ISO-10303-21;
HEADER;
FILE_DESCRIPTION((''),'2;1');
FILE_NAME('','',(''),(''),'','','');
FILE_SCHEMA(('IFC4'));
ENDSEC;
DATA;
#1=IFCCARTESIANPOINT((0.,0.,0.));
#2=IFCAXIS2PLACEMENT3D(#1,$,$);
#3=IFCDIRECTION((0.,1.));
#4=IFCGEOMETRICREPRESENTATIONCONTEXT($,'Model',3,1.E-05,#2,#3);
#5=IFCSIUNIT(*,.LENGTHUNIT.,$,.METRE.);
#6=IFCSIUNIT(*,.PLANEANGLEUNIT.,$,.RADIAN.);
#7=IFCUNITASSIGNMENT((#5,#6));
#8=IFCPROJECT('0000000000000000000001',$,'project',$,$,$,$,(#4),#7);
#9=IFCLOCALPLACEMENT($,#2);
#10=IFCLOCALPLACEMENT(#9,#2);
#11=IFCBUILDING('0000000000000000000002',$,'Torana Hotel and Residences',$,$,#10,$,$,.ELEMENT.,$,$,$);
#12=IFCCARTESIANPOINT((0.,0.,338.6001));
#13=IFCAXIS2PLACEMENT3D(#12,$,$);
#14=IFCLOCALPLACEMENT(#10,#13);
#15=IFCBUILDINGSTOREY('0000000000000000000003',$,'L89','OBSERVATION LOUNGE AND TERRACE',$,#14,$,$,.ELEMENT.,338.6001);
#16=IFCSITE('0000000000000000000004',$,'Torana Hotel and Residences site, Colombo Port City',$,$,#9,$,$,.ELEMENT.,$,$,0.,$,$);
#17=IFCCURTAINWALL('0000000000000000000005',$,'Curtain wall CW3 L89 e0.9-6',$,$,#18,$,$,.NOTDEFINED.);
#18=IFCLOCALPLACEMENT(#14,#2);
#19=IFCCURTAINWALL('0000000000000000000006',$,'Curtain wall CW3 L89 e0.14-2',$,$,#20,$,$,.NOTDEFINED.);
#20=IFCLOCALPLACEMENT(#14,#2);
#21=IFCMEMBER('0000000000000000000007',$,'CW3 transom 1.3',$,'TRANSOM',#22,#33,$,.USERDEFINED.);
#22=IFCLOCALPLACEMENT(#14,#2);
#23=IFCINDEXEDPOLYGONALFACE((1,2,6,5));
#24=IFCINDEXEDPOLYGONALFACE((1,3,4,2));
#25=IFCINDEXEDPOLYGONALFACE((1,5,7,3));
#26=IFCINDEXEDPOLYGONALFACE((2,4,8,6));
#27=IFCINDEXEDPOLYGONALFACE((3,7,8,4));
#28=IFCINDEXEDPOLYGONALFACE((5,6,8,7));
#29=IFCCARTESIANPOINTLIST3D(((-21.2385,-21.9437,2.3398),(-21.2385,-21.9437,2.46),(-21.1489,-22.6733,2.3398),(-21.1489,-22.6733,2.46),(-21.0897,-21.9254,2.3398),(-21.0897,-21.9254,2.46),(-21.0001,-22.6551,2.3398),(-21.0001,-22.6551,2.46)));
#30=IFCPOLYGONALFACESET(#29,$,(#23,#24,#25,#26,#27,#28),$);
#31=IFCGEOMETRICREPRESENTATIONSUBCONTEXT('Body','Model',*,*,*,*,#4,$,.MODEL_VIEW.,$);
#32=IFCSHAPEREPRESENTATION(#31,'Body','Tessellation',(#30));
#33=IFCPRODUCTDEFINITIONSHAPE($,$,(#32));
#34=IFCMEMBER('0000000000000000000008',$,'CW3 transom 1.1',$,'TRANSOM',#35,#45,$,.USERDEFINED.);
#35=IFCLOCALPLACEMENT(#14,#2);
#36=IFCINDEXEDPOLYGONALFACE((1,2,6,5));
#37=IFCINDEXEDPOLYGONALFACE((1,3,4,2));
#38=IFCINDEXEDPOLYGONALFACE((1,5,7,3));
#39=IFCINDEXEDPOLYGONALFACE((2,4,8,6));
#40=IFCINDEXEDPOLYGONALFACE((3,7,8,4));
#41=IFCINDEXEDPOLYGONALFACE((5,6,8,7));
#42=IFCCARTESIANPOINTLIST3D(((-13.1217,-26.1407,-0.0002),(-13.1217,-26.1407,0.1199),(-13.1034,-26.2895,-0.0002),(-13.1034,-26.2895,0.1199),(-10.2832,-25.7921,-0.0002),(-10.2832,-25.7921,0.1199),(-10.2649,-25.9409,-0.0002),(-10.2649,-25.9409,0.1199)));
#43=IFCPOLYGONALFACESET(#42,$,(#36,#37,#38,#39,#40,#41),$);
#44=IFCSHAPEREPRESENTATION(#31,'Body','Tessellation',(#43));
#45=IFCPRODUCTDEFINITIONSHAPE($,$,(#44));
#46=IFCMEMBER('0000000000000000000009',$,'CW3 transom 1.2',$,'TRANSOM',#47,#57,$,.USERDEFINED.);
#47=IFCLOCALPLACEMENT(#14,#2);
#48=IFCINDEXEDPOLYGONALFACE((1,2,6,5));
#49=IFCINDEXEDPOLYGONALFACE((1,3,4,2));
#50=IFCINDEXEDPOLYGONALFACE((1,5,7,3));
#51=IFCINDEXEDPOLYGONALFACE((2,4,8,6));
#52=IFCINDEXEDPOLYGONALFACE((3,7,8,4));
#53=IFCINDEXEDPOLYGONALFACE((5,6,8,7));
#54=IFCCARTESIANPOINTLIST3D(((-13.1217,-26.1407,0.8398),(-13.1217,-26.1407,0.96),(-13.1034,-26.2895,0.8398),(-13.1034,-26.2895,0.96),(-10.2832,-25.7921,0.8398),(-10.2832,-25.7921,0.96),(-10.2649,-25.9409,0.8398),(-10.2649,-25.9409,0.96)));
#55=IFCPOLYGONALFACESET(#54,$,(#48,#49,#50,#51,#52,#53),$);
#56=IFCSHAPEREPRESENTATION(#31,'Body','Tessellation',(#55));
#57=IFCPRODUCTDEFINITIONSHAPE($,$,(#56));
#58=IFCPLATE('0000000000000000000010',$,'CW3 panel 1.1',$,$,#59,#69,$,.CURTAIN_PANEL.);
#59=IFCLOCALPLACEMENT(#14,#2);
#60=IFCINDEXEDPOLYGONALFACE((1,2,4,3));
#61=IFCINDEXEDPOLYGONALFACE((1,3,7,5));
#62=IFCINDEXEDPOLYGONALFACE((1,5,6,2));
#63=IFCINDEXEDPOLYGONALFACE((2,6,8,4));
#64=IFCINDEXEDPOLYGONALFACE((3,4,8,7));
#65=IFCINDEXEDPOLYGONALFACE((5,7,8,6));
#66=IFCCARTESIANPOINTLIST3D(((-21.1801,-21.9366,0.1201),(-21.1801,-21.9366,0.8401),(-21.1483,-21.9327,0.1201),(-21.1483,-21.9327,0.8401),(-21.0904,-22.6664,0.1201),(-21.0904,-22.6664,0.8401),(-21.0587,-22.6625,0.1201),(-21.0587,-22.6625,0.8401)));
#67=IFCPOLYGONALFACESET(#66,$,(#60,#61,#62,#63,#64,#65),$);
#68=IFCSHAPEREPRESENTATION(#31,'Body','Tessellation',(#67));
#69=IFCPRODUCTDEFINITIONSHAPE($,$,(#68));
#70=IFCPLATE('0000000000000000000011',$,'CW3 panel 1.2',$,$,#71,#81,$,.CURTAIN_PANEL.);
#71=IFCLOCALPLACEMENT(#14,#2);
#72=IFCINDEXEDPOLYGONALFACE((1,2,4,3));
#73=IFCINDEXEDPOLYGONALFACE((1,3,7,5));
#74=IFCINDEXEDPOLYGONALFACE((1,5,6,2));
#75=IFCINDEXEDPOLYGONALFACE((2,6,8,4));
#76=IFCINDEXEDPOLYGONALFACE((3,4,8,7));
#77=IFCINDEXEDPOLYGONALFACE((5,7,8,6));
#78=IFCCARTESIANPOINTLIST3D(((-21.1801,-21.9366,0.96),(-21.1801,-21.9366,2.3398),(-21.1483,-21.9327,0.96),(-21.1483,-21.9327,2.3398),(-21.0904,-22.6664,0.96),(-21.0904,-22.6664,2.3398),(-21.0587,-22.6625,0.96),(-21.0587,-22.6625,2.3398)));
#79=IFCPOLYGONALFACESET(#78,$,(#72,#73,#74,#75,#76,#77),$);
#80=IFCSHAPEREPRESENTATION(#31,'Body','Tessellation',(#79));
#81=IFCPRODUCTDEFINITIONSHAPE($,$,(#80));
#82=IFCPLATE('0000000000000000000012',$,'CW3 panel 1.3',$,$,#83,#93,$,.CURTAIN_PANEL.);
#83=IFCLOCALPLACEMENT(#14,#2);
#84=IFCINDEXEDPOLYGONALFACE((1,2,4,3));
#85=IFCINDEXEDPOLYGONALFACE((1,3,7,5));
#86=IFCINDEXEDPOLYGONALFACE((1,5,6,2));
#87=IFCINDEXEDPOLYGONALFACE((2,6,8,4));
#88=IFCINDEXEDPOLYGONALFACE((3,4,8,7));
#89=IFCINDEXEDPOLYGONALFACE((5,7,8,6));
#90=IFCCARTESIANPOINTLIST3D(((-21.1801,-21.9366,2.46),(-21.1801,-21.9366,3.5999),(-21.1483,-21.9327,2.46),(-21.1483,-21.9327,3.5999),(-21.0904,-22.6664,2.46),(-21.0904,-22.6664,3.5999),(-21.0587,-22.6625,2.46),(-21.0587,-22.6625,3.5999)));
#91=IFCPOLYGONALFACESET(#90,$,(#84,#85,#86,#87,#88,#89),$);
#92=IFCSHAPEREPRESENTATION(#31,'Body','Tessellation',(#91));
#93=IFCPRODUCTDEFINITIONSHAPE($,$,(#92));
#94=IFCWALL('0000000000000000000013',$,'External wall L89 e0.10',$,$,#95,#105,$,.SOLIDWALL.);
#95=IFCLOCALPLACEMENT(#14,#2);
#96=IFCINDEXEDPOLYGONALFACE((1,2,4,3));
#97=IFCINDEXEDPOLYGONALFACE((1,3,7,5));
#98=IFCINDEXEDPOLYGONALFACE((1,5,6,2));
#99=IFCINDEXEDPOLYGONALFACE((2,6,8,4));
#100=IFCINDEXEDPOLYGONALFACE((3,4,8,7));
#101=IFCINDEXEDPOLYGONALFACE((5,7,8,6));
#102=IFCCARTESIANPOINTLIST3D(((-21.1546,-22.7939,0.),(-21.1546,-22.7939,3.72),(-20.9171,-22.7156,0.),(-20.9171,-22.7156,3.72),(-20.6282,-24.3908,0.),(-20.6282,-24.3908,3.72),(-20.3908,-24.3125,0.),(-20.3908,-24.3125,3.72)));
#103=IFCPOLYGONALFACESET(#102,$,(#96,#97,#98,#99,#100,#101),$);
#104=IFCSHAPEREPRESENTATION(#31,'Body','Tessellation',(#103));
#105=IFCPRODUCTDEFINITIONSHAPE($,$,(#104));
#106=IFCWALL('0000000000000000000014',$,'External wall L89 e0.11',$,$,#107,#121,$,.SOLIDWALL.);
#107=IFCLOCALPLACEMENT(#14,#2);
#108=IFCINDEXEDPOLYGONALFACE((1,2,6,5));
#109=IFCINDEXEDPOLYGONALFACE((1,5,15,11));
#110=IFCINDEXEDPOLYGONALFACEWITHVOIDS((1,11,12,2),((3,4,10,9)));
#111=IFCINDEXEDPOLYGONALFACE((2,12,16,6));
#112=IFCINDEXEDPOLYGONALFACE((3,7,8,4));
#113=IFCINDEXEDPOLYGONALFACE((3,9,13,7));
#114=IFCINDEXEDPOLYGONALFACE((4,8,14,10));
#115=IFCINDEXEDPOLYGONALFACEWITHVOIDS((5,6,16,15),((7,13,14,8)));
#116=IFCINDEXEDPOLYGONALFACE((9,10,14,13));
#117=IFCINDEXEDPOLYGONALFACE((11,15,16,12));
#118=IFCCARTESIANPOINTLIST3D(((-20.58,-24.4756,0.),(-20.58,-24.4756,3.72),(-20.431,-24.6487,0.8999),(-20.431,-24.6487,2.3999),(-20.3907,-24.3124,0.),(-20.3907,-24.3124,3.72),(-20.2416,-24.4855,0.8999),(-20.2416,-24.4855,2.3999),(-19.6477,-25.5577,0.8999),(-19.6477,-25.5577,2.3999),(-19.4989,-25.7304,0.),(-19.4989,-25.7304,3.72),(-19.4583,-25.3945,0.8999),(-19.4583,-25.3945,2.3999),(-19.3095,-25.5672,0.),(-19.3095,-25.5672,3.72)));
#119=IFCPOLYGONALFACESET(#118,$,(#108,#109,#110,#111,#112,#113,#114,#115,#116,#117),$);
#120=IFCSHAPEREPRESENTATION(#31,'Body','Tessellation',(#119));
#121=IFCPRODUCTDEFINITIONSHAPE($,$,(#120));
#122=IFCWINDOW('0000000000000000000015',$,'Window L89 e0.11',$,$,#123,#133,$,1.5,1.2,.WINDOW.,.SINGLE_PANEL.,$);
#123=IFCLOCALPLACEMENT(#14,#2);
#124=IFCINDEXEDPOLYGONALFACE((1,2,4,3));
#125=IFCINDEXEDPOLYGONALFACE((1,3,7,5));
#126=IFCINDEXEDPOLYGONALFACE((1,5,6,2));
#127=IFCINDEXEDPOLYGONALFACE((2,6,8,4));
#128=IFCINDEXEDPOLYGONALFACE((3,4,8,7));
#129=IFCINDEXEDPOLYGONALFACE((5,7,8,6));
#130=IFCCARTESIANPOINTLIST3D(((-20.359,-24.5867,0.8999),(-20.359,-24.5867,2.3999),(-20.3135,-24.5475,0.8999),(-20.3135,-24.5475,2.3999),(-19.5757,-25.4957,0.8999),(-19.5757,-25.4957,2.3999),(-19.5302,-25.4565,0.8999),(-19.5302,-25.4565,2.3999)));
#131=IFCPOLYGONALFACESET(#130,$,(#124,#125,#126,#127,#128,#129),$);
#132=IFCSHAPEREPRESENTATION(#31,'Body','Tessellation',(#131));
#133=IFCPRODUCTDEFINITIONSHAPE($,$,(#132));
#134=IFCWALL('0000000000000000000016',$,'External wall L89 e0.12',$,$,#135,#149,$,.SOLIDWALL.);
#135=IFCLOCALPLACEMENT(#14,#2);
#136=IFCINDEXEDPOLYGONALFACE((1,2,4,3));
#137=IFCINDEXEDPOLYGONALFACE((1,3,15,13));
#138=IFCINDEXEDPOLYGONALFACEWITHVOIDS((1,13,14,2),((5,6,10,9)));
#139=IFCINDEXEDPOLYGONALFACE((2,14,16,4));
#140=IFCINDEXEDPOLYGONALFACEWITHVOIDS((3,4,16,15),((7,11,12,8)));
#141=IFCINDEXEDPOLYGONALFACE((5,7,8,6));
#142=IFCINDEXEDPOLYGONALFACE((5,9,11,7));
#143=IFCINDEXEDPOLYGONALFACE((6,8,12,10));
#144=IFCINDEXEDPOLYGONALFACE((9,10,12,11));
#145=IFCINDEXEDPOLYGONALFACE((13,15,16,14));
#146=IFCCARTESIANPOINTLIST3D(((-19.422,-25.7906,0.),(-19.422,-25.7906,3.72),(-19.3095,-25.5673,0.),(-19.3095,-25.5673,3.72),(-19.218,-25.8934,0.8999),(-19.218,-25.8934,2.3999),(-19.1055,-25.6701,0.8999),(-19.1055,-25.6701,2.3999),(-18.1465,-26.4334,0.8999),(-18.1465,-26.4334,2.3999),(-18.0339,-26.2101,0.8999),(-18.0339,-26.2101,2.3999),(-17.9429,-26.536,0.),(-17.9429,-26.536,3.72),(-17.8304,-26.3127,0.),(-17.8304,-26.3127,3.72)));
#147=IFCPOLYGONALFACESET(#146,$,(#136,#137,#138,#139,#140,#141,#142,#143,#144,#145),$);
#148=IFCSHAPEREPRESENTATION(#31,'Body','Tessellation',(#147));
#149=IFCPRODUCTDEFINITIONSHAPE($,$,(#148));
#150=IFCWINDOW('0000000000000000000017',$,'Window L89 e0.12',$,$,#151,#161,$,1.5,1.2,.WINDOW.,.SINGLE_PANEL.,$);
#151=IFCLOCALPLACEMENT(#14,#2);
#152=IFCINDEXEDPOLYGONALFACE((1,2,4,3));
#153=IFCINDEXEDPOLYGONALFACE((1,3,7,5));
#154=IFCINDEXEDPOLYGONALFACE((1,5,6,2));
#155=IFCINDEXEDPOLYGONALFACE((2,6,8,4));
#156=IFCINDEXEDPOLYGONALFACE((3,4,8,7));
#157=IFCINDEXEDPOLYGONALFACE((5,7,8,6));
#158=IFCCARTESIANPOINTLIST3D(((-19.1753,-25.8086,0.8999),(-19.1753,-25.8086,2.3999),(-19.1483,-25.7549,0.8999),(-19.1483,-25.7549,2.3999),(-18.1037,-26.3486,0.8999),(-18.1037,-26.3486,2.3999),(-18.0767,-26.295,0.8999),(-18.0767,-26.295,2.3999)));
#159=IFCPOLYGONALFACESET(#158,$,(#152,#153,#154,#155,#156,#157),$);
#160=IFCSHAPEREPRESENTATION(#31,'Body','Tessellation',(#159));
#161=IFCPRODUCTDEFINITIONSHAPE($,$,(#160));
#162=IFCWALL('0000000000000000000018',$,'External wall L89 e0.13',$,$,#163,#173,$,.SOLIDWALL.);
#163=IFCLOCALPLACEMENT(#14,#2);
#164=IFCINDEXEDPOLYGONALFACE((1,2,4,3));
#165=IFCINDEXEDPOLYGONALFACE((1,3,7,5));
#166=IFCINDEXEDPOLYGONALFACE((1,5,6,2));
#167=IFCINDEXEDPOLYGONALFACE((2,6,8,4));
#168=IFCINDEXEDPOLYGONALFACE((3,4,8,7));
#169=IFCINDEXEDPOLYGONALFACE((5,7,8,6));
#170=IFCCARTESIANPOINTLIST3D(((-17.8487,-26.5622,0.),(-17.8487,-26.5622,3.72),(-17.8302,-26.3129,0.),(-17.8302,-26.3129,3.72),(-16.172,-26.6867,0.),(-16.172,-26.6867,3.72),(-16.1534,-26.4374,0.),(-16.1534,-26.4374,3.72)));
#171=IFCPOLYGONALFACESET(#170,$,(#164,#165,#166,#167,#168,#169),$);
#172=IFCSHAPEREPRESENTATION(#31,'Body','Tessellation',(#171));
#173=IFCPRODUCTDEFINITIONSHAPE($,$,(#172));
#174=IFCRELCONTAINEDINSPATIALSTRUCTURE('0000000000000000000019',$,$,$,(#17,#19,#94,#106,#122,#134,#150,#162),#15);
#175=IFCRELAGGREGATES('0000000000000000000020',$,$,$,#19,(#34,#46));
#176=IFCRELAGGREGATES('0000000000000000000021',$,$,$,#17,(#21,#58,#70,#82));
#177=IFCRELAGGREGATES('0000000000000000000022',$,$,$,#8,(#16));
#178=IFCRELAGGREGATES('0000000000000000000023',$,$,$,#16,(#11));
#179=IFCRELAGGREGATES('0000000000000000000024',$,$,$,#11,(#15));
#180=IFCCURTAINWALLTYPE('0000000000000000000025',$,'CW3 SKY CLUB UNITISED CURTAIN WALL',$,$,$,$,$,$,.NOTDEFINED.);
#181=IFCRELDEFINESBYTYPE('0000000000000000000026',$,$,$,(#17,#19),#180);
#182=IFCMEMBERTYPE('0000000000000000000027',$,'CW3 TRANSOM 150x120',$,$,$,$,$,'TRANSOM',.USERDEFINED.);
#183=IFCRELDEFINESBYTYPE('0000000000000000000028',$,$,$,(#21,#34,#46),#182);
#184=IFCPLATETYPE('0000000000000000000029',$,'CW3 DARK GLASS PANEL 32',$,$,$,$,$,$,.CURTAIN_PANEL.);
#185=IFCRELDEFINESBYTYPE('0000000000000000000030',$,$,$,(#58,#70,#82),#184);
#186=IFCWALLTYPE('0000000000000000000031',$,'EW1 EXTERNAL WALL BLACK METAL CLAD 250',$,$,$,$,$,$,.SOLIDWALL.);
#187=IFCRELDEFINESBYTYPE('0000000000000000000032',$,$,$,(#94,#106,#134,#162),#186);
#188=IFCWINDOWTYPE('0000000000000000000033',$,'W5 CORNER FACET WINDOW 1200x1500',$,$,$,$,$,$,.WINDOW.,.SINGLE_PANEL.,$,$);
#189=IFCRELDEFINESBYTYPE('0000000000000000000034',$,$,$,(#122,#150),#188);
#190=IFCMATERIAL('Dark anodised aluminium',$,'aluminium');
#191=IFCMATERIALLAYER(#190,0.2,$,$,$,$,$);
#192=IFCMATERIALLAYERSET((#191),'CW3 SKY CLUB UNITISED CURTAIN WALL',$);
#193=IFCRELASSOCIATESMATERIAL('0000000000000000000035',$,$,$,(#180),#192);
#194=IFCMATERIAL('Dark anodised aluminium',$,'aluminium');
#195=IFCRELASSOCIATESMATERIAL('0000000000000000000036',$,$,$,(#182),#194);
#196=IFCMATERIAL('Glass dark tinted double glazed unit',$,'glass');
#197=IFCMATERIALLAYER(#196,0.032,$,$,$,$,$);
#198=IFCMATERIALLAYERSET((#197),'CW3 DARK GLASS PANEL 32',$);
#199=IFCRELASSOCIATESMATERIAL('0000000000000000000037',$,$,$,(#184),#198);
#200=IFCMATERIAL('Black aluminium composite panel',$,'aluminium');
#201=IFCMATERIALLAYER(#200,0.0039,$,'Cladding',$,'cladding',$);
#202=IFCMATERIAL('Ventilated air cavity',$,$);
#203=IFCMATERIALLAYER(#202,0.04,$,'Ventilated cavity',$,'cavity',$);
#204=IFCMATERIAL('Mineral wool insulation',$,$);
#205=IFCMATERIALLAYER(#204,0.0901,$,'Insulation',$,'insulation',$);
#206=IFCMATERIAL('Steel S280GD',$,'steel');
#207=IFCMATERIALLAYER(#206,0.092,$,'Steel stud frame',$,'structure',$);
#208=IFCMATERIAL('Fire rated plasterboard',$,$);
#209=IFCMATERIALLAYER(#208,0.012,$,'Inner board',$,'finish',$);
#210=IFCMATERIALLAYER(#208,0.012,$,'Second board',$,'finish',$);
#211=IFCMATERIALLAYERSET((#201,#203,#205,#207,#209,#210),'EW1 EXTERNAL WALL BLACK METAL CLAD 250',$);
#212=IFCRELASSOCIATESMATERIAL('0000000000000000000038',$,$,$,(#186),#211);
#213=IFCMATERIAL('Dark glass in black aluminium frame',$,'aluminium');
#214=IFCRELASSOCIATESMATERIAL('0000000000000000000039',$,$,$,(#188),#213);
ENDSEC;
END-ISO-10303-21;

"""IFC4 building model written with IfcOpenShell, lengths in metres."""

from ifc_helpers import new_model, si_unit, direction, frame, frame_2d, origin, origin_2d, place, context, subcontext, project, spatial, rectangle, extrude, material, layer, layer_set, material_profile, profile_set, type_object, element, fill, aggregate, save


model = new_model("IFC4")

# Units and contexts
model_context = context("Model", 3, precision=1e-05, world=origin(), true_north=direction((0.0, 1.0)))
body_context = subcontext(model_context, "Body", "Model", "MODEL_VIEW")
ifc_project = project(units=[si_unit("LENGTHUNIT", "METRE"), si_unit("PLANEANGLEUNIT", "RADIAN")], contexts=[model_context])

# Site, building, storey
site_placement = place(None, origin())
site = spatial("IfcSite", under=ifc_project, at=site_placement, Name="Torana Hotel and Residences site, Colombo Port City", CompositionType="ELEMENT", RefElevation=0.0)
building_placement = place(site_placement, origin())
building = spatial("IfcBuilding", under=site, at=building_placement, Name="Torana Hotel and Residences", CompositionType="ELEMENT")
storey_placement = place(building_placement, frame((0.0, 0.0, 338.6001)))
storey = spatial("IfcBuildingStorey", under=building, at=storey_placement, Name="L89", Description="OBSERVATION LOUNGE AND TERRACE", CompositionType="ELEMENT", Elevation=338.6001)

# Curtain walls
ifc_material_1 = material(Name="Dark anodised aluminium", Category="aluminium")
ifc_layer_1 = layer(ifc_material_1, 0.2)
ifc_layer_set_1 = layer_set([ifc_layer_1], Name="CW3 SKY CLUB UNITISED CURTAIN WALL")
curtain_wall_type = type_object("IfcCurtainWallType", Name="CW3 SKY CLUB UNITISED CURTAIN WALL", PredefinedType="NOTDEFINED", material=ifc_layer_set_1)
curtain_wall_1_placement = place(storey_placement, origin())
curtain_wall_1 = element("IfcCurtainWall", 1, at=curtain_wall_1_placement, inside=storey, type_object=curtain_wall_type, Name="Curtain wall CW3 L89 e0.9-6", PredefinedType="NOTDEFINED")
curtain_wall_2_placement = place(storey_placement, origin())
curtain_wall_2 = element("IfcCurtainWall", 2, at=curtain_wall_2_placement, inside=storey, type_object=curtain_wall_type, Name="Curtain wall CW3 L89 e0.14-2", PredefinedType="NOTDEFINED")

# Members
ifc_material_2 = material(Name="Dark anodised aluminium", Category="aluminium")
ifc_material_profile_1 = material_profile(ifc_material_2, rectangle(XDim=0.1499, YDim=0.1201, at=origin_2d()), Name="CW3 TRANSOM 150x120")
ifc_profile_set_1 = profile_set([ifc_material_profile_1], Name="Dark anodised aluminium")
member_type_1 = type_object("IfcMemberType", Name="CW3 TRANSOM 150x120", ElementType="TRANSOM", PredefinedType="USERDEFINED", material=ifc_profile_set_1)
member_1_placement = place(storey_placement, frame((-21.1641, -21.9346, 2.3999), z_axis=(0.121868, -0.992546, 0.0), x_axis=(0.992546, 0.121868, 0.0)))
member_1 = element("IfcMember", 3, at=member_1_placement, type_object=member_type_1, Name="CW3 transom 1.3", ObjectType="TRANSOM", PredefinedType="USERDEFINED", context=body_context, shape_type="SweptSolid", body=[
    extrude(rectangle(XDim=0.1499, YDim=0.1201, at=origin_2d()), origin(), (0.0, 0.0, 1.0), 0.7351),
])
member_2_placement = place(storey_placement, frame((-13.1125, -26.2151, 0.0598), z_axis=(0.992542, 0.121902, 0.0), x_axis=(-0.121902, 0.992542, 0.0)))
member_2 = element("IfcMember", 4, at=member_2_placement, type_object=member_type_1, Name="CW3 transom 1.1", ObjectType="TRANSOM", PredefinedType="USERDEFINED", context=body_context, shape_type="SweptSolid", body=[
    extrude(rectangle(XDim=0.1499, YDim=0.1201, at=origin_2d()), origin(), (0.0, 0.0, 1.0), 2.8599),
])
member_3_placement = place(storey_placement, frame((-13.1125, -26.2151, 0.8999), z_axis=(0.992542, 0.121902, 0.0), x_axis=(-0.121902, 0.992542, 0.0)))
member_3 = element("IfcMember", 5, at=member_3_placement, type_object=member_type_1, Name="CW3 transom 1.2", ObjectType="TRANSOM", PredefinedType="USERDEFINED", context=body_context, shape_type="SweptSolid", body=[
    extrude(rectangle(XDim=0.1499, YDim=0.1201, at=origin_2d()), origin(), (0.0, 0.0, 1.0), 2.8599),
])
aggregate(curtain_wall_2, [member_2, member_3])

# Plates
ifc_material_3 = material(Name="Glass dark tinted double glazed unit", Category="glass")
ifc_layer_2 = layer(ifc_material_3, 0.032)
ifc_layer_set_2 = layer_set([ifc_layer_2], Name="CW3 DARK GLASS PANEL 32")
plate_type = type_object("IfcPlateType", Name="CW3 DARK GLASS PANEL 32", PredefinedType="CURTAIN_PANEL", material=ifc_layer_set_2)
plate_1_placement = place(storey_placement, frame((-21.1194, -22.2996, 0.1201), z_axis=(0.0, 0.0, 1.0), x_axis=(0.121883, -0.992544, 0.0)))
plate_1 = element("IfcPlate", 6, at=plate_1_placement, type_object=plate_type, Name="CW3 panel 1.1", PredefinedType="CURTAIN_PANEL", context=body_context, shape_type="SweptSolid", body=[
    extrude(rectangle(XDim=0.7354, YDim=0.032, at=origin_2d()), origin(), (0.0, 0.0, 1.0), 0.72),
])
plate_2_placement = place(storey_placement, frame((-21.1194, -22.2996, 0.96), z_axis=(0.0, 0.0, 1.0), x_axis=(0.121883, -0.992544, 0.0)))
plate_2 = element("IfcPlate", 7, at=plate_2_placement, type_object=plate_type, Name="CW3 panel 1.2", PredefinedType="CURTAIN_PANEL", context=body_context, shape_type="SweptSolid", body=[
    extrude(rectangle(XDim=0.7354, YDim=0.032, at=origin_2d()), origin(), (0.0, 0.0, 1.0), 1.3799),
])
plate_3_placement = place(storey_placement, frame((-21.1194, -22.2996, 2.46), z_axis=(0.0, 0.0, 1.0), x_axis=(0.121883, -0.992544, 0.0)))
plate_3 = element("IfcPlate", 8, at=plate_3_placement, type_object=plate_type, Name="CW3 panel 1.3", PredefinedType="CURTAIN_PANEL", context=body_context, shape_type="SweptSolid", body=[
    extrude(rectangle(XDim=0.7354, YDim=0.032, at=origin_2d()), origin(), (0.0, 0.0, 1.0), 1.1399),
])
aggregate(curtain_wall_1, [member_1, plate_1, plate_2, plate_3])

# Wall
ifc_material_4 = material(Name="Black aluminium composite panel", Category="aluminium")
ifc_layer_3 = layer(ifc_material_4, 0.0039, Name="Cladding", Category="cladding")
ifc_material_5 = material(Name="Ventilated air cavity")
ifc_layer_4 = layer(ifc_material_5, 0.04, Name="Ventilated cavity", Category="cavity")
ifc_material_6 = material(Name="Mineral wool insulation")
ifc_layer_5 = layer(ifc_material_6, 0.0901, Name="Insulation", Category="insulation")
ifc_material_7 = material(Name="Steel S280GD", Category="steel")
ifc_layer_6 = layer(ifc_material_7, 0.092, Name="Steel stud frame", Category="structure")
ifc_material_8 = material(Name="Fire rated plasterboard")
ifc_layer_7 = layer(ifc_material_8, 0.012, Name="Inner board", Category="finish")
ifc_layer_8 = layer(ifc_material_8, 0.012, Name="Second board", Category="finish")
ifc_layer_set_3 = layer_set([ifc_layer_3, ifc_layer_4, ifc_layer_5, ifc_layer_6, ifc_layer_7, ifc_layer_8], Name="EW1 EXTERNAL WALL BLACK METAL CLAD 250")
wall_type_1 = type_object("IfcWallType", Name="EW1 EXTERNAL WALL BLACK METAL CLAD 250", PredefinedType="SOLIDWALL", material=ifc_layer_set_3)
wall_1_placement = place(storey_placement, frame((-21.0359, -22.7546, 0.0), z_axis=(0.0, 0.0, 1.0), x_axis=(0.313046, -0.949738, 0.0)))
element("IfcWall", 9, at=wall_1_placement, inside=storey, type_object=wall_type_1, Name="External wall L89 e0.10", PredefinedType="SOLIDWALL", context=body_context, shape_type="SweptSolid", body=[
    extrude(rectangle(XDim=1.6814, YDim=0.25, at=frame_2d((0.8408, 0.0))), origin(), (0.0, 0.0, 1.0), 3.72),
])

# Walls, openings, windows
wall_2_placement = place(storey_placement, frame((-20.4854, -24.394, 0.0), z_axis=(0.0, 0.0, 1.0), x_axis=(0.652756, -0.757568, 0.0)))
wall_2 = element("IfcWall", 10, at=wall_2_placement, inside=storey, type_object=wall_type_1, Name="External wall L89 e0.11", PredefinedType="SOLIDWALL", context=body_context, shape_type="SweptSolid", body=[
    extrude(rectangle(XDim=1.6562, YDim=0.25, at=frame_2d((0.8281, 0.0))), origin(), (0.0, 0.0, 1.0), 3.72),
])
opening_1_placement = place(wall_2_placement, frame((0.2283, 0.0, 0.8999)))
opening_1 = element("IfcOpeningElement", 11, at=opening_1_placement, cuts=wall_2, PredefinedType="OPENING", context=body_context, shape_type="SweptSolid", body=[
    extrude(rectangle(XDim=1.2, YDim=1.5, at=frame_2d((0.6001, 0.75))), frame((0.0, 0.135, 0.0), z_axis=(0.0, -1.0, 0.0), x_axis=(1.0, 0.0, 0.0)), (0.0, 0.0, 1.0), 0.27),
])
ifc_material_9 = material(Name="Dark glass in black aluminium frame", Category="aluminium")
window_type = type_object("IfcWindowType", Name="W5 CORNER FACET WINDOW 1200x1500", PartitioningType="SINGLE_PANEL", PredefinedType="WINDOW", material=ifc_material_9)
window_1_placement = place(opening_1_placement, origin())
window_1 = element("IfcWindow", 12, at=window_1_placement, inside=storey, type_object=window_type, Name="Window L89 e0.11", OverallHeight=1.5, OverallWidth=1.2, PartitioningType="SINGLE_PANEL", PredefinedType="WINDOW", context=body_context, shape_type="SweptSolid", body=[
    extrude(rectangle(XDim=1.2, YDim=1.5, at=frame_2d((0.6001, 0.75))), frame((0.0, 0.03, 0.0), z_axis=(0.0, -1.0, 0.0), x_axis=(1.0, 0.0, 0.0)), (0.0, 0.0, 1.0), 0.0601),
])
fill(opening_1, window_1)
wall_3_placement = place(storey_placement, frame((-19.3657, -25.679, 0.0), z_axis=(0.0, 0.0, 1.0), x_axis=(0.893008, -0.450042, 0.0)))
wall_3 = element("IfcWall", 13, at=wall_3_placement, inside=storey, type_object=wall_type_1, Name="External wall L89 e0.12", PredefinedType="SOLIDWALL", context=body_context, shape_type="SweptSolid", body=[
    extrude(rectangle(XDim=1.6562, YDim=0.25, at=frame_2d((0.8281, 0.0))), origin(), (0.0, 0.0, 1.0), 3.72),
])
opening_2_placement = place(wall_3_placement, frame((0.2283, 0.0, 0.8999)))
opening_2 = element("IfcOpeningElement", 14, at=opening_2_placement, cuts=wall_3, PredefinedType="OPENING", context=body_context, shape_type="SweptSolid", body=[
    extrude(rectangle(XDim=1.2, YDim=1.5, at=frame_2d((0.6001, 0.75))), frame((0.0, 0.135, 0.0), z_axis=(0.0, -1.0, 0.0), x_axis=(1.0, 0.0, 0.0)), (0.0, 0.0, 1.0), 0.27),
])
window_2_placement = place(opening_2_placement, origin())
window_2 = element("IfcWindow", 15, at=window_2_placement, inside=storey, type_object=window_type, Name="Window L89 e0.12", OverallHeight=1.5, OverallWidth=1.2, PartitioningType="SINGLE_PANEL", PredefinedType="WINDOW", context=body_context, shape_type="SweptSolid", body=[
    extrude(rectangle(XDim=1.2, YDim=1.5, at=frame_2d((0.6001, 0.75))), frame((0.0, 0.03, 0.0), z_axis=(0.0, -1.0, 0.0), x_axis=(1.0, 0.0, 0.0)), (0.0, 0.0, 1.0), 0.0601),
])
fill(opening_2, window_2)

# Wall
wall_4_placement = place(storey_placement, frame((-17.8396, -26.4375, 0.0), z_axis=(0.0, 0.0, 1.0), x_axis=(0.997254, -0.074054, 0.0)))
element("IfcWall", 16, at=wall_4_placement, inside=storey, type_object=wall_type_1, Name="External wall L89 e0.13", PredefinedType="SOLIDWALL", context=body_context, shape_type="SweptSolid", body=[
    extrude(rectangle(XDim=1.6814, YDim=0.25, at=frame_2d((0.8408, 0.0))), origin(), (0.0, 0.0, 1.0), 3.72),
])

save(model, "model.ifc")
